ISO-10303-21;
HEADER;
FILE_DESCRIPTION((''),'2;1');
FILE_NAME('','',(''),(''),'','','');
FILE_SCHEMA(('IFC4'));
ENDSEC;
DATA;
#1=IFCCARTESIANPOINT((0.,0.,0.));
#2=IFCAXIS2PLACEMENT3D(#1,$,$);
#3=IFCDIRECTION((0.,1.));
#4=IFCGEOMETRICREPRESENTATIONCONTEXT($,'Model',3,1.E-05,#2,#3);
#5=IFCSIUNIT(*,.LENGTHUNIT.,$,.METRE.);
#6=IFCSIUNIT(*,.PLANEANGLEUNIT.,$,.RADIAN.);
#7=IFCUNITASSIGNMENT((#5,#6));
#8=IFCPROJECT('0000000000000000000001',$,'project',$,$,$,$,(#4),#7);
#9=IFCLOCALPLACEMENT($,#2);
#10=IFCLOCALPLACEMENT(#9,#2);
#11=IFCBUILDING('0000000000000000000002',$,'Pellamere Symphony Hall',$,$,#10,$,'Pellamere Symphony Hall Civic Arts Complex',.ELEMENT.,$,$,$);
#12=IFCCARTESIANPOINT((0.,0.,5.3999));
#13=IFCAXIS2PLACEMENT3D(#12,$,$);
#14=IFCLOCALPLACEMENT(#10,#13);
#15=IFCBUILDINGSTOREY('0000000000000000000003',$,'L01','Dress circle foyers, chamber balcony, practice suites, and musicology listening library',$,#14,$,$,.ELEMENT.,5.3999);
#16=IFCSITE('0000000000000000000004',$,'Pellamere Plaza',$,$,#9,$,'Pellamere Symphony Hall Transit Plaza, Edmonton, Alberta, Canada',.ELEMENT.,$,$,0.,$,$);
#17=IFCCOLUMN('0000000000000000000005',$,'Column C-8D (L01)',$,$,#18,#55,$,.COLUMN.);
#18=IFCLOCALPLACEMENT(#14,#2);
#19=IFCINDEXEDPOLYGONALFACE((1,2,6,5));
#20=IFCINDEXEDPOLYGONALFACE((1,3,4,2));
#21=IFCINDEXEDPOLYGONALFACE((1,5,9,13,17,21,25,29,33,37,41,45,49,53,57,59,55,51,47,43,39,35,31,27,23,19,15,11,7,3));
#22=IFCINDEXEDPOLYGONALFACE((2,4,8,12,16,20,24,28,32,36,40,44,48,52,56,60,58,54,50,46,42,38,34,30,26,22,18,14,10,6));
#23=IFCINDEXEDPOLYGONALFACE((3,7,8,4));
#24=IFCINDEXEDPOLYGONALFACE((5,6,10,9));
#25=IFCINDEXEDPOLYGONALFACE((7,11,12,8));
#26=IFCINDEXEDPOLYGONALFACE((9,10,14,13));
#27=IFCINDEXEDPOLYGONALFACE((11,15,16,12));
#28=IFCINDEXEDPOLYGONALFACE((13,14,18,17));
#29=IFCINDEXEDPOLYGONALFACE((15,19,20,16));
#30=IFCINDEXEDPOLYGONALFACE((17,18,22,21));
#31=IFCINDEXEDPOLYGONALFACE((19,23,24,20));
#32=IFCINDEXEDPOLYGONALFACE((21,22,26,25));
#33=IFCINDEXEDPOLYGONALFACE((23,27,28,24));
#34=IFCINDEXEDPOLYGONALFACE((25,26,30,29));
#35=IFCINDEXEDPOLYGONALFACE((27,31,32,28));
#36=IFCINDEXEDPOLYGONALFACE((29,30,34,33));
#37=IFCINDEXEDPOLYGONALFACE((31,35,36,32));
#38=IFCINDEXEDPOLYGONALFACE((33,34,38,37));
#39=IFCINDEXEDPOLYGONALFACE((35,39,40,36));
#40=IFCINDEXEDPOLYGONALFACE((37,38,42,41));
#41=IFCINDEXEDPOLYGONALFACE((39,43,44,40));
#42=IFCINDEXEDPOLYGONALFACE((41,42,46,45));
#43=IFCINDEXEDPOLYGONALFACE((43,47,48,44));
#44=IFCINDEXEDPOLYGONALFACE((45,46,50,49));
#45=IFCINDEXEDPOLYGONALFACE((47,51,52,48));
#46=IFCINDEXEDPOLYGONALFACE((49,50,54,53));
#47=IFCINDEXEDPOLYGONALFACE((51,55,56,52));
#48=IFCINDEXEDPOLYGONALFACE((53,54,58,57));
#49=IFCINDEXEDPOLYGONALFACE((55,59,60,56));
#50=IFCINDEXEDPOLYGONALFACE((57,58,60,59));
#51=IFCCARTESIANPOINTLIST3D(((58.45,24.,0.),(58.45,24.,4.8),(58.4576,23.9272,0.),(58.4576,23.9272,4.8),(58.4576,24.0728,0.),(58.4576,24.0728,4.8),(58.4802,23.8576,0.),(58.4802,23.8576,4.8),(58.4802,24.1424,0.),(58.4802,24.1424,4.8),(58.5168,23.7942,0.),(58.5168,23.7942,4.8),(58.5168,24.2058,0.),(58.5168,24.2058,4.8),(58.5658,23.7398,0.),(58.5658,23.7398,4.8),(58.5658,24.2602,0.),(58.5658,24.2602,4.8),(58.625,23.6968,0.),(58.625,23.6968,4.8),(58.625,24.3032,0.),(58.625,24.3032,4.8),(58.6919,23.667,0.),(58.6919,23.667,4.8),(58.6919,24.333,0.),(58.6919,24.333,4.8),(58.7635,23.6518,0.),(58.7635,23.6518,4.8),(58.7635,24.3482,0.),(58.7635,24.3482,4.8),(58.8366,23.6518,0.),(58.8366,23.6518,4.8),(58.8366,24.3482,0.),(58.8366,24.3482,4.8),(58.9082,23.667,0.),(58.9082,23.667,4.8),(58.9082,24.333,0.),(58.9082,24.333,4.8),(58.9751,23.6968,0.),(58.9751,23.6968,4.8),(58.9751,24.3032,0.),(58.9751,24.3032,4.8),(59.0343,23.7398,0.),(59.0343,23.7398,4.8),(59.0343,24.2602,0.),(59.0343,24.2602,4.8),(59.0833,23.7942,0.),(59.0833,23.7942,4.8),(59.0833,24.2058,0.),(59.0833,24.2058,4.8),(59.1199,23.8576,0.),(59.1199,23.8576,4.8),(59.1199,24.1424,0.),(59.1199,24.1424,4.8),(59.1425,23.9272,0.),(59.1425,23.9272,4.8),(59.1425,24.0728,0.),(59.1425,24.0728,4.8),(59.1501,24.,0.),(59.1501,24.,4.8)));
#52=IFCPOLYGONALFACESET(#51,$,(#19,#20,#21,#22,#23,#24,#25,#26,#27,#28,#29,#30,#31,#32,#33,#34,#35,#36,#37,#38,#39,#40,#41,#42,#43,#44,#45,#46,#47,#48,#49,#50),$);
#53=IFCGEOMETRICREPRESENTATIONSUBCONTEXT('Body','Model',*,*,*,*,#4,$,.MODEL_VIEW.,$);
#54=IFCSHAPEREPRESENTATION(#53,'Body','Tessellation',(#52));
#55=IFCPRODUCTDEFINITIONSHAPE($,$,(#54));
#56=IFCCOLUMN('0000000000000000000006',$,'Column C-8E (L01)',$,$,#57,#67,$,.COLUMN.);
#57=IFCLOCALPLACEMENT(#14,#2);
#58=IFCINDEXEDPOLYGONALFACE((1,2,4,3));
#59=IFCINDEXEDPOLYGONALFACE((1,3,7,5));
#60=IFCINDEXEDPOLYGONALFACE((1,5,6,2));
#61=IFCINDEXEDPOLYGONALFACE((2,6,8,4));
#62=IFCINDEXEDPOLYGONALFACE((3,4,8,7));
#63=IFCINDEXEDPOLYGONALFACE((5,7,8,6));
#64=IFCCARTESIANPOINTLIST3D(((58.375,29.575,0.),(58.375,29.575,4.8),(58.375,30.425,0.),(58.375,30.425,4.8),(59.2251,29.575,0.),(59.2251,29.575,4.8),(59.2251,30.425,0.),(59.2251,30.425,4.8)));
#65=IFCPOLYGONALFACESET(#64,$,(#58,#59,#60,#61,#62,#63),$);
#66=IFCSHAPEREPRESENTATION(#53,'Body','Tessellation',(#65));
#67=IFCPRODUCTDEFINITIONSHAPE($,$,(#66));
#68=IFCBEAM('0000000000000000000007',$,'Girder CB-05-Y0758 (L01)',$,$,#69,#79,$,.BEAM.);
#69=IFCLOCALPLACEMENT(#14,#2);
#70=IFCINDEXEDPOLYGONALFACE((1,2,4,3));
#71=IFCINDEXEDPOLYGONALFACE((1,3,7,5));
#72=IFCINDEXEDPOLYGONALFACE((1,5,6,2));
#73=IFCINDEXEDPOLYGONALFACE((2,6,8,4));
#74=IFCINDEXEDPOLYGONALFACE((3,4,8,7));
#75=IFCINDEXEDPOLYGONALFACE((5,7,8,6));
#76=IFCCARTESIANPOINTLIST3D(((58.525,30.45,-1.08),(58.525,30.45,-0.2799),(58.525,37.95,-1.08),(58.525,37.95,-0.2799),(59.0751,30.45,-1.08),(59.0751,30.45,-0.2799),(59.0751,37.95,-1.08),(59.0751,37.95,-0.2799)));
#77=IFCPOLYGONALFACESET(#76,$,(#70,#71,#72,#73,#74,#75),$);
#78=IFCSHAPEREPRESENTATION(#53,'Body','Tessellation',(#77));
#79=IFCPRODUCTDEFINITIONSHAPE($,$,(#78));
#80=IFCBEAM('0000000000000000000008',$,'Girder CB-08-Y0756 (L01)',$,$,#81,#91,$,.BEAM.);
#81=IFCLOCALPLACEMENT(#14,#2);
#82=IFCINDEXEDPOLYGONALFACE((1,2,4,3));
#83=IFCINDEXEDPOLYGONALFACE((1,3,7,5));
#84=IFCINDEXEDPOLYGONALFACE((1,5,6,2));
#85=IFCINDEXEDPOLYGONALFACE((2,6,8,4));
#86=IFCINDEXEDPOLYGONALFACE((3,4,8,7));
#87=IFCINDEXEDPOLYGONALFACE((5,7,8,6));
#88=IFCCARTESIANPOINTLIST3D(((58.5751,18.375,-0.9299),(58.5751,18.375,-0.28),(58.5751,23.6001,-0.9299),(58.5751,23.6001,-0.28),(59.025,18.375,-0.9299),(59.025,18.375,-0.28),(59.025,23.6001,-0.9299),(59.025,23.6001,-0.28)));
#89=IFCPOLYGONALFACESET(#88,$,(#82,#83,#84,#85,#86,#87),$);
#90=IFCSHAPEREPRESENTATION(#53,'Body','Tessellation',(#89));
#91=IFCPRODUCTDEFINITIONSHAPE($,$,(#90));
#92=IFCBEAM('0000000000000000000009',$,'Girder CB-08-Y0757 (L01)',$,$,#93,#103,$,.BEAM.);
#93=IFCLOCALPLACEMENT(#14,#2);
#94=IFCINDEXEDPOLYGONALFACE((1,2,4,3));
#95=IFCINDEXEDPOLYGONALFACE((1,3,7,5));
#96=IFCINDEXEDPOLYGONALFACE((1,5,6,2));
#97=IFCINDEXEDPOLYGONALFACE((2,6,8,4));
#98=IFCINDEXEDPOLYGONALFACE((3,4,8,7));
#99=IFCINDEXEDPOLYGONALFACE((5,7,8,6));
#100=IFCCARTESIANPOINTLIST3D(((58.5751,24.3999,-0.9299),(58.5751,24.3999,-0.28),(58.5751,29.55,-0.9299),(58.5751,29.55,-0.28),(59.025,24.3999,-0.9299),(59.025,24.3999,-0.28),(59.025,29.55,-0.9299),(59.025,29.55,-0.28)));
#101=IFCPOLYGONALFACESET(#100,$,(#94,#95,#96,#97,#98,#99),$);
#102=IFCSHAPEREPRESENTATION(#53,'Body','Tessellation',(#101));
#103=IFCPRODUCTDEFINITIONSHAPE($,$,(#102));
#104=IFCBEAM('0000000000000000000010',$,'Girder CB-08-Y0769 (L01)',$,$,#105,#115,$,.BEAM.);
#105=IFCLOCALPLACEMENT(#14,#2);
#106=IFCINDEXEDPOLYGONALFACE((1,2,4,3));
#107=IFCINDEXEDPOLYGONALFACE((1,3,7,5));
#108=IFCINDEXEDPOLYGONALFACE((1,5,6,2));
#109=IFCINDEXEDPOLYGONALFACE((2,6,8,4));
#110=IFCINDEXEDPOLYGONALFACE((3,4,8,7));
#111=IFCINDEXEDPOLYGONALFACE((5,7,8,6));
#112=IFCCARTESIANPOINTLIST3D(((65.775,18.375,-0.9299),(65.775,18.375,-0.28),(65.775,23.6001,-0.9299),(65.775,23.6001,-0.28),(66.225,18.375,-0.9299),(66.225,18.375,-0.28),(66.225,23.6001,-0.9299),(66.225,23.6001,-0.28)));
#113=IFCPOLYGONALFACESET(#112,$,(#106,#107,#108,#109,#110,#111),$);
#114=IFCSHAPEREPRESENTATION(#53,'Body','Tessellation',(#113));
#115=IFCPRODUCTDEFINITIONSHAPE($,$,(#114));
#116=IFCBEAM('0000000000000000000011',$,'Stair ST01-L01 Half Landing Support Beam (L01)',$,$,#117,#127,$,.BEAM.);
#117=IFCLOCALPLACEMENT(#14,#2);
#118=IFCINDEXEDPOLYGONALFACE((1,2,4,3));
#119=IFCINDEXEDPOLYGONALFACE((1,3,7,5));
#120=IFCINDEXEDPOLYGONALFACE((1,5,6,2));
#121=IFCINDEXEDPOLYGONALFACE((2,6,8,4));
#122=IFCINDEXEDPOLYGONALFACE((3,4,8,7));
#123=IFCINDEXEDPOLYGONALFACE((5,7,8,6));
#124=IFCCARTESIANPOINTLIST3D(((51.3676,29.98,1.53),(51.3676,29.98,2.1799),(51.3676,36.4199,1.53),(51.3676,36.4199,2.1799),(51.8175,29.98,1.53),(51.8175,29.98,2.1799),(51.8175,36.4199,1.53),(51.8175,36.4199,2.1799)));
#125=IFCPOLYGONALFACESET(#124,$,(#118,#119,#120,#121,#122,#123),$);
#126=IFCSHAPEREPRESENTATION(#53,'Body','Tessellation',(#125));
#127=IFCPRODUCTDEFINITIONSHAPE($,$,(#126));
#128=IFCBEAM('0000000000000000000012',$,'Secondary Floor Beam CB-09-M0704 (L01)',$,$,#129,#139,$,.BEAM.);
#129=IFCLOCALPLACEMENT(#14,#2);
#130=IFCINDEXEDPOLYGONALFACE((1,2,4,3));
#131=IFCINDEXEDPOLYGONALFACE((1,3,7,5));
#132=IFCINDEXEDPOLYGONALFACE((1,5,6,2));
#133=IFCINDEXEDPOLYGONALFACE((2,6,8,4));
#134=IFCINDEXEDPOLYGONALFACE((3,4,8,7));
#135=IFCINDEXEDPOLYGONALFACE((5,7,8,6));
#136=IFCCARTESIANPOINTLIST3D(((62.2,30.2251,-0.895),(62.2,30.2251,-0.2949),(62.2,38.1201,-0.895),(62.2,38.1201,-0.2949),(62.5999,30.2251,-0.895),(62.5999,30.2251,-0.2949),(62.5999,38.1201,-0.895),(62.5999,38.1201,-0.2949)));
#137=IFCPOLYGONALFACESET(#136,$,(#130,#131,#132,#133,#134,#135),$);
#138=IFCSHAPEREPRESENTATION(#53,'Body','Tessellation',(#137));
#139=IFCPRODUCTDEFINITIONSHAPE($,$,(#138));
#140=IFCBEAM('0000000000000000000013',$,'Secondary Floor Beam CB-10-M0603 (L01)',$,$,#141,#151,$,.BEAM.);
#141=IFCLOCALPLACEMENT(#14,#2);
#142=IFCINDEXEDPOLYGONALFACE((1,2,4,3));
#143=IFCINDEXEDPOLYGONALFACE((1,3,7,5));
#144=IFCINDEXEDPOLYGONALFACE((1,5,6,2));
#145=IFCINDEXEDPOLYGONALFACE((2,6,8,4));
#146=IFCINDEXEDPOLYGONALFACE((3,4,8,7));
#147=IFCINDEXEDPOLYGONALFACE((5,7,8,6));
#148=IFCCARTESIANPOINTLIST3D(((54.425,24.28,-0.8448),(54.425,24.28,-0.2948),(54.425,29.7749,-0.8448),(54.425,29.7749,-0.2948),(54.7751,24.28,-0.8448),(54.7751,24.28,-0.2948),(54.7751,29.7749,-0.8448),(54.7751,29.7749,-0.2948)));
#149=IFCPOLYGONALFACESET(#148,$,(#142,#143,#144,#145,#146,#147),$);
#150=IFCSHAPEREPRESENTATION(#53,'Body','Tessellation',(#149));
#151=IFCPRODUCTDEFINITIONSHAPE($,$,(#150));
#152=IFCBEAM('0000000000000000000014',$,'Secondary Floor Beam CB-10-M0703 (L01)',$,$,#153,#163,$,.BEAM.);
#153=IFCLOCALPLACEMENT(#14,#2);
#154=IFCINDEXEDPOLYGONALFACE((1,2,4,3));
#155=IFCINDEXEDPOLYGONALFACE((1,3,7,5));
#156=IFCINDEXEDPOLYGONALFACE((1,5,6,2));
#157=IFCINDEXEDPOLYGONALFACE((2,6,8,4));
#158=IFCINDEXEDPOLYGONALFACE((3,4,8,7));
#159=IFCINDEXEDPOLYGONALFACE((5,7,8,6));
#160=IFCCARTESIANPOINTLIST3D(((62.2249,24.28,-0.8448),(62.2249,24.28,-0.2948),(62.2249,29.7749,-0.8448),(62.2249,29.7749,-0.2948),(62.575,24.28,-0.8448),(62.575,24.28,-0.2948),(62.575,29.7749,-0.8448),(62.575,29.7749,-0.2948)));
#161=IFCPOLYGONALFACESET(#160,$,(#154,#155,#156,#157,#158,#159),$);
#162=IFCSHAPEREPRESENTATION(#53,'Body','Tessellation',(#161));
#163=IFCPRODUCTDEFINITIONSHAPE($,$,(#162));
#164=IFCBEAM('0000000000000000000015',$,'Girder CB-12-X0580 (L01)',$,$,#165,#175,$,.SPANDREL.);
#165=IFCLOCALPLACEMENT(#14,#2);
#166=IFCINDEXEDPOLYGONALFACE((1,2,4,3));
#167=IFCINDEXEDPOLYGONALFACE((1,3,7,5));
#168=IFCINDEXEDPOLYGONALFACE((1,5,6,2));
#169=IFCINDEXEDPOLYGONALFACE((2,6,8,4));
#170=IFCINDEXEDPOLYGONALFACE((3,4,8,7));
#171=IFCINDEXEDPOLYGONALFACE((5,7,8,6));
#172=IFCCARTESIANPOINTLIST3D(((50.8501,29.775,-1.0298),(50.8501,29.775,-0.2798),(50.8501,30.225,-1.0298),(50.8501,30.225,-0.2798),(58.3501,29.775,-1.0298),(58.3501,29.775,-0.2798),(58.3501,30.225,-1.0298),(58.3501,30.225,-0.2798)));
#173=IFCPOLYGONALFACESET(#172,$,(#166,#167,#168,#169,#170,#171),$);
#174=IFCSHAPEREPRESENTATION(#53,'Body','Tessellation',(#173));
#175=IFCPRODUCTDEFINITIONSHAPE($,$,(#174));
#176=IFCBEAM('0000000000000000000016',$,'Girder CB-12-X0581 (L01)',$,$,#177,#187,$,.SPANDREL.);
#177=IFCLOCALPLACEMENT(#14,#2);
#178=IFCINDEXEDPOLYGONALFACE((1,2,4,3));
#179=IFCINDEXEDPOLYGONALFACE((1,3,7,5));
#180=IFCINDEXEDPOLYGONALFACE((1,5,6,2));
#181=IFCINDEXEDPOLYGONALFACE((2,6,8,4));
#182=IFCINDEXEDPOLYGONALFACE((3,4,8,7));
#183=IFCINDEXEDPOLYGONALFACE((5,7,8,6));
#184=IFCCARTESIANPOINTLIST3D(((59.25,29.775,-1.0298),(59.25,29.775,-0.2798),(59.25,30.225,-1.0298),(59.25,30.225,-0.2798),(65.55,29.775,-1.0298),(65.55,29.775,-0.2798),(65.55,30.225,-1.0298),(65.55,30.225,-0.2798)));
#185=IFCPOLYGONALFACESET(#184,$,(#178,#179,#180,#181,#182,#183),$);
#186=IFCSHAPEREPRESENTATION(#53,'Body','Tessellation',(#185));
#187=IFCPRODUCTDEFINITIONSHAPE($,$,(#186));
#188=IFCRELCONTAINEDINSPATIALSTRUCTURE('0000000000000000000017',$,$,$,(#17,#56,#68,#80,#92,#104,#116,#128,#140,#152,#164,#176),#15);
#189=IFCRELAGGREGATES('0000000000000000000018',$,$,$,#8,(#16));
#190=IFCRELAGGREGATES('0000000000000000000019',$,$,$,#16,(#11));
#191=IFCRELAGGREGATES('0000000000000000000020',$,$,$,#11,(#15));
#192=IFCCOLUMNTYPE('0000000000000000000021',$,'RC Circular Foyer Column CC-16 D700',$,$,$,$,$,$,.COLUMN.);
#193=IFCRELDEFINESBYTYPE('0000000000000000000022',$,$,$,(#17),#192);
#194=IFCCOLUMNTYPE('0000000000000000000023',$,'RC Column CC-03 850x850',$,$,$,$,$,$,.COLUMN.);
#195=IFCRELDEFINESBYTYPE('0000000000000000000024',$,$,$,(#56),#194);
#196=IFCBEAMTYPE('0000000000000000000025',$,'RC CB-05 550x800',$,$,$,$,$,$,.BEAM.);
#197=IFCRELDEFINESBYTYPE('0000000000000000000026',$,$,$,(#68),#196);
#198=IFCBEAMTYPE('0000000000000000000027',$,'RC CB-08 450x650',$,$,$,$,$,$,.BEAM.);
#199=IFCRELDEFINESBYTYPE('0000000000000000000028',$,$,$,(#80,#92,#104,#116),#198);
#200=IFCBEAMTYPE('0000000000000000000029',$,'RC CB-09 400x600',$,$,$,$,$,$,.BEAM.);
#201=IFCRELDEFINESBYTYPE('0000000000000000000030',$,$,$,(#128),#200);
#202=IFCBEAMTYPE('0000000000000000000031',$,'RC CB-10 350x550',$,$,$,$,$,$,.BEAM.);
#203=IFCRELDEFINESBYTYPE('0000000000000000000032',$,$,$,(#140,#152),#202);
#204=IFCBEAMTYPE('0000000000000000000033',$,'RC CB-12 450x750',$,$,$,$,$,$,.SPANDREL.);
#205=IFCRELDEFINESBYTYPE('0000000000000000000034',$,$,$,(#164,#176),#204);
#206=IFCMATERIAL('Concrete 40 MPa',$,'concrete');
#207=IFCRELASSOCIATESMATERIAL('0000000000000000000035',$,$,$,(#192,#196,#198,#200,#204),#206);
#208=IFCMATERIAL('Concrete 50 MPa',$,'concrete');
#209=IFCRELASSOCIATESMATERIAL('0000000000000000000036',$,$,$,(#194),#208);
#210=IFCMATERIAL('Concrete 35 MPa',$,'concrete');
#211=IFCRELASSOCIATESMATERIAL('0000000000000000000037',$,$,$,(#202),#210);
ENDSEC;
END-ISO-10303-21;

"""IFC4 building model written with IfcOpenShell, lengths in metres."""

from ifc_helpers import new_model, si_unit, direction, frame, origin, origin_2d, place, context, subcontext, project, spatial, rectangle, circle, extrude, material, material_profile, profile_set, type_object, element, save


model = new_model("IFC4")

# Units and contexts
model_context = context("Model", 3, precision=1e-05, world=origin(), true_north=direction((0.0, 1.0)))
body_context = subcontext(model_context, "Body", "Model", "MODEL_VIEW")
ifc_project = project(units=[si_unit("LENGTHUNIT", "METRE"), si_unit("PLANEANGLEUNIT", "RADIAN")], contexts=[model_context])

# Site, building, storey
site_placement = place(None, origin())
site = spatial("IfcSite", under=ifc_project, at=site_placement, Name="Pellamere Plaza", LongName="Pellamere Symphony Hall Transit Plaza, Edmonton, Alberta, Canada", CompositionType="ELEMENT", RefElevation=0.0)
building_placement = place(site_placement, origin())
building = spatial("IfcBuilding", under=site, at=building_placement, Name="Pellamere Symphony Hall", LongName="Pellamere Symphony Hall Civic Arts Complex", CompositionType="ELEMENT")
storey_placement = place(building_placement, frame((0.0, 0.0, 5.3999)))
storey = spatial("IfcBuildingStorey", under=building, at=storey_placement, Name="L01", Description="Dress circle foyers, chamber balcony, practice suites, and musicology listening library", CompositionType="ELEMENT", Elevation=5.3999)

# Columns
ifc_material_1 = material(Name="Concrete 40 MPa", Category="concrete")
ifc_material_profile_1 = material_profile(ifc_material_1, circle(Radius=0.3501, at=origin_2d()), Name="RCCOL D700")
ifc_profile_set_1 = profile_set([ifc_material_profile_1], Name="Concrete 40 MPa")
column_type_1 = type_object("IfcColumnType", Name="RC Circular Foyer Column CC-16 D700", PredefinedType="COLUMN", material=ifc_profile_set_1)
column_1_placement = place(storey_placement, frame((58.8, 24.0, 0.0), z_axis=(0.0, 0.0, 1.0), x_axis=(1.0, 0.0, 0.0)))
element("IfcColumn", 1, at=column_1_placement, inside=storey, type_object=column_type_1, Name="Column C-8D (L01)", PredefinedType="COLUMN", context=body_context, shape_type="SweptSolid", body=[
    extrude(circle(Radius=0.3501, at=origin_2d()), origin(), (0.0, 0.0, 1.0), 4.8),
])
ifc_material_2 = material(Name="Concrete 50 MPa", Category="concrete")
ifc_material_profile_2 = material_profile(ifc_material_2, rectangle(XDim=0.8501, YDim=0.8501, at=origin_2d()), Name="RC 850x850")
ifc_profile_set_2 = profile_set([ifc_material_profile_2], Name="Concrete 50 MPa")
column_type_2 = type_object("IfcColumnType", Name="RC Column CC-03 850x850", PredefinedType="COLUMN", material=ifc_profile_set_2)
column_2_placement = place(storey_placement, frame((58.8, 30.0, 0.0), z_axis=(0.0, 0.0, 1.0), x_axis=(1.0, 0.0, 0.0)))
element("IfcColumn", 2, at=column_2_placement, inside=storey, type_object=column_type_2, Name="Column C-8E (L01)", PredefinedType="COLUMN", context=body_context, shape_type="SweptSolid", body=[
    extrude(rectangle(XDim=0.8501, YDim=0.8501, at=origin_2d()), origin(), (0.0, 0.0, 1.0), 4.8),
])

# Beams
ifc_material_profile_3 = material_profile(ifc_material_1, rectangle(XDim=0.55, YDim=0.8, at=origin_2d()), Name="RC 550x800")
ifc_profile_set_3 = profile_set([ifc_material_profile_3], Name="Concrete 40 MPa")
beam_type_1 = type_object("IfcBeamType", Name="RC CB-05 550x800", PredefinedType="BEAM", material=ifc_profile_set_3)
beam_1_placement = place(storey_placement, frame((58.8, 30.45, -0.6799), z_axis=(0.0, 1.0, 0.0), x_axis=(-1.0, 0.0, 0.0)))
element("IfcBeam", 3, at=beam_1_placement, inside=storey, type_object=beam_type_1, Name="Girder CB-05-Y0758 (L01)", PredefinedType="BEAM", context=body_context, shape_type="SweptSolid", body=[
    extrude(rectangle(XDim=0.55, YDim=0.8, at=origin_2d()), origin(), (0.0, 0.0, 1.0), 7.5),
])
ifc_material_profile_4 = material_profile(ifc_material_1, rectangle(XDim=0.45, YDim=0.6499, at=origin_2d()), Name="RC 450x650")
ifc_profile_set_4 = profile_set([ifc_material_profile_4], Name="Concrete 40 MPa")
beam_type_2 = type_object("IfcBeamType", Name="RC CB-08 450x650", PredefinedType="BEAM", material=ifc_profile_set_4)
beam_2_placement = place(storey_placement, frame((58.8, 18.375, -0.605), z_axis=(0.0, 1.0, 0.0), x_axis=(-1.0, 0.0, 0.0)))
element("IfcBeam", 4, at=beam_2_placement, inside=storey, type_object=beam_type_2, Name="Girder CB-08-Y0756 (L01)", PredefinedType="BEAM", context=body_context, shape_type="SweptSolid", body=[
    extrude(rectangle(XDim=0.45, YDim=0.6499, at=origin_2d()), origin(), (0.0, 0.0, 1.0), 5.2251),
])
beam_3_placement = place(storey_placement, frame((58.8, 24.3999, -0.605), z_axis=(0.0, 1.0, 0.0), x_axis=(-1.0, 0.0, 0.0)))
element("IfcBeam", 5, at=beam_3_placement, inside=storey, type_object=beam_type_2, Name="Girder CB-08-Y0757 (L01)", PredefinedType="BEAM", context=body_context, shape_type="SweptSolid", body=[
    extrude(rectangle(XDim=0.45, YDim=0.6499, at=origin_2d()), origin(), (0.0, 0.0, 1.0), 5.1501),
])
beam_4_placement = place(storey_placement, frame((66.0, 18.375, -0.605), z_axis=(0.0, 1.0, 0.0), x_axis=(-1.0, 0.0, 0.0)))
element("IfcBeam", 6, at=beam_4_placement, inside=storey, type_object=beam_type_2, Name="Girder CB-08-Y0769 (L01)", PredefinedType="BEAM", context=body_context, shape_type="SweptSolid", body=[
    extrude(rectangle(XDim=0.45, YDim=0.6499, at=origin_2d()), origin(), (0.0, 0.0, 1.0), 5.2251),
])
beam_5_placement = place(storey_placement, frame((51.5925, 29.98, 1.855), z_axis=(0.0, 1.0, 0.0), x_axis=(-1.0, 0.0, 0.0)))
element("IfcBeam", 7, at=beam_5_placement, inside=storey, type_object=beam_type_2, Name="Stair ST01-L01 Half Landing Support Beam (L01)", PredefinedType="BEAM", context=body_context, shape_type="SweptSolid", body=[
    extrude(rectangle(XDim=0.45, YDim=0.6499, at=origin_2d()), origin(), (0.0, 0.0, 1.0), 6.4399),
])
ifc_material_profile_5 = material_profile(ifc_material_1, rectangle(XDim=0.3999, YDim=0.6001, at=origin_2d()), Name="RC 400x600")
ifc_profile_set_5 = profile_set([ifc_material_profile_5], Name="Concrete 40 MPa")
beam_type_3 = type_object("IfcBeamType", Name="RC CB-09 400x600", PredefinedType="BEAM", material=ifc_profile_set_5)
beam_6_placement = place(storey_placement, frame((62.3999, 30.2251, -0.595), z_axis=(0.0, 1.0, 0.0), x_axis=(-1.0, 0.0, 0.0)))
element("IfcBeam", 8, at=beam_6_placement, inside=storey, type_object=beam_type_3, Name="Secondary Floor Beam CB-09-M0704 (L01)", PredefinedType="BEAM", context=body_context, shape_type="SweptSolid", body=[
    extrude(rectangle(XDim=0.3999, YDim=0.6001, at=origin_2d()), origin(), (0.0, 0.0, 1.0), 7.895),
])
ifc_material_3 = material(Name="Concrete 35 MPa", Category="concrete")
ifc_material_profile_6 = material_profile(ifc_material_3, rectangle(XDim=0.3501, YDim=0.55, at=origin_2d()), Name="RC 350x550")
ifc_profile_set_6 = profile_set([ifc_material_profile_6], Name="Concrete 35 MPa")
beam_type_4 = type_object("IfcBeamType", Name="RC CB-10 350x550", PredefinedType="BEAM", material=ifc_profile_set_6)
for number, where, z_axis, x_axis, name in (
    (9, (54.6001, 24.28, -0.5698), (0.0, 1.0, 0.0), (-1.0, 0.0, 0.0), "Secondary Floor Beam CB-10-M0603 (L01)"),
    (10, (62.3999, 24.28, -0.5698), (0.0, 1.0, 0.0), (-1.0, 0.0, 0.0), "Secondary Floor Beam CB-10-M0703 (L01)"),
):
    element("IfcBeam", number, at=place(storey_placement, frame(where, z_axis=z_axis, x_axis=x_axis)), inside=storey, type_object=beam_type_4, Name=name, PredefinedType="BEAM", context=body_context, shape_type="SweptSolid", body=[
        extrude(rectangle(XDim=0.3501, YDim=0.55, at=origin_2d()), origin(), (0.0, 0.0, 1.0), 5.4949),
    ])
ifc_material_profile_7 = material_profile(ifc_material_1, rectangle(XDim=0.45, YDim=0.75, at=origin_2d()), Name="RC 450x750")
ifc_profile_set_7 = profile_set([ifc_material_profile_7], Name="Concrete 40 MPa")
beam_type_5 = type_object("IfcBeamType", Name="RC CB-12 450x750", PredefinedType="SPANDREL", material=ifc_profile_set_7)
beam_7_placement = place(storey_placement, frame((50.8501, 30.0, -0.6548), z_axis=(1.0, 0.0, 0.0), x_axis=(0.0, 1.0, 0.0)))
element("IfcBeam", 11, at=beam_7_placement, inside=storey, type_object=beam_type_5, Name="Girder CB-12-X0580 (L01)", PredefinedType="SPANDREL", context=body_context, shape_type="SweptSolid", body=[
    extrude(rectangle(XDim=0.45, YDim=0.75, at=origin_2d()), origin(), (0.0, 0.0, 1.0), 7.5),
])
beam_8_placement = place(storey_placement, frame((59.25, 30.0, -0.6548), z_axis=(1.0, 0.0, 0.0), x_axis=(0.0, 1.0, 0.0)))
element("IfcBeam", 12, at=beam_8_placement, inside=storey, type_object=beam_type_5, Name="Girder CB-12-X0581 (L01)", PredefinedType="SPANDREL", context=body_context, shape_type="SweptSolid", body=[
    extrude(rectangle(XDim=0.45, YDim=0.75, at=origin_2d()), origin(), (0.0, 0.0, 1.0), 6.3),
])

save(model, "model.ifc")
